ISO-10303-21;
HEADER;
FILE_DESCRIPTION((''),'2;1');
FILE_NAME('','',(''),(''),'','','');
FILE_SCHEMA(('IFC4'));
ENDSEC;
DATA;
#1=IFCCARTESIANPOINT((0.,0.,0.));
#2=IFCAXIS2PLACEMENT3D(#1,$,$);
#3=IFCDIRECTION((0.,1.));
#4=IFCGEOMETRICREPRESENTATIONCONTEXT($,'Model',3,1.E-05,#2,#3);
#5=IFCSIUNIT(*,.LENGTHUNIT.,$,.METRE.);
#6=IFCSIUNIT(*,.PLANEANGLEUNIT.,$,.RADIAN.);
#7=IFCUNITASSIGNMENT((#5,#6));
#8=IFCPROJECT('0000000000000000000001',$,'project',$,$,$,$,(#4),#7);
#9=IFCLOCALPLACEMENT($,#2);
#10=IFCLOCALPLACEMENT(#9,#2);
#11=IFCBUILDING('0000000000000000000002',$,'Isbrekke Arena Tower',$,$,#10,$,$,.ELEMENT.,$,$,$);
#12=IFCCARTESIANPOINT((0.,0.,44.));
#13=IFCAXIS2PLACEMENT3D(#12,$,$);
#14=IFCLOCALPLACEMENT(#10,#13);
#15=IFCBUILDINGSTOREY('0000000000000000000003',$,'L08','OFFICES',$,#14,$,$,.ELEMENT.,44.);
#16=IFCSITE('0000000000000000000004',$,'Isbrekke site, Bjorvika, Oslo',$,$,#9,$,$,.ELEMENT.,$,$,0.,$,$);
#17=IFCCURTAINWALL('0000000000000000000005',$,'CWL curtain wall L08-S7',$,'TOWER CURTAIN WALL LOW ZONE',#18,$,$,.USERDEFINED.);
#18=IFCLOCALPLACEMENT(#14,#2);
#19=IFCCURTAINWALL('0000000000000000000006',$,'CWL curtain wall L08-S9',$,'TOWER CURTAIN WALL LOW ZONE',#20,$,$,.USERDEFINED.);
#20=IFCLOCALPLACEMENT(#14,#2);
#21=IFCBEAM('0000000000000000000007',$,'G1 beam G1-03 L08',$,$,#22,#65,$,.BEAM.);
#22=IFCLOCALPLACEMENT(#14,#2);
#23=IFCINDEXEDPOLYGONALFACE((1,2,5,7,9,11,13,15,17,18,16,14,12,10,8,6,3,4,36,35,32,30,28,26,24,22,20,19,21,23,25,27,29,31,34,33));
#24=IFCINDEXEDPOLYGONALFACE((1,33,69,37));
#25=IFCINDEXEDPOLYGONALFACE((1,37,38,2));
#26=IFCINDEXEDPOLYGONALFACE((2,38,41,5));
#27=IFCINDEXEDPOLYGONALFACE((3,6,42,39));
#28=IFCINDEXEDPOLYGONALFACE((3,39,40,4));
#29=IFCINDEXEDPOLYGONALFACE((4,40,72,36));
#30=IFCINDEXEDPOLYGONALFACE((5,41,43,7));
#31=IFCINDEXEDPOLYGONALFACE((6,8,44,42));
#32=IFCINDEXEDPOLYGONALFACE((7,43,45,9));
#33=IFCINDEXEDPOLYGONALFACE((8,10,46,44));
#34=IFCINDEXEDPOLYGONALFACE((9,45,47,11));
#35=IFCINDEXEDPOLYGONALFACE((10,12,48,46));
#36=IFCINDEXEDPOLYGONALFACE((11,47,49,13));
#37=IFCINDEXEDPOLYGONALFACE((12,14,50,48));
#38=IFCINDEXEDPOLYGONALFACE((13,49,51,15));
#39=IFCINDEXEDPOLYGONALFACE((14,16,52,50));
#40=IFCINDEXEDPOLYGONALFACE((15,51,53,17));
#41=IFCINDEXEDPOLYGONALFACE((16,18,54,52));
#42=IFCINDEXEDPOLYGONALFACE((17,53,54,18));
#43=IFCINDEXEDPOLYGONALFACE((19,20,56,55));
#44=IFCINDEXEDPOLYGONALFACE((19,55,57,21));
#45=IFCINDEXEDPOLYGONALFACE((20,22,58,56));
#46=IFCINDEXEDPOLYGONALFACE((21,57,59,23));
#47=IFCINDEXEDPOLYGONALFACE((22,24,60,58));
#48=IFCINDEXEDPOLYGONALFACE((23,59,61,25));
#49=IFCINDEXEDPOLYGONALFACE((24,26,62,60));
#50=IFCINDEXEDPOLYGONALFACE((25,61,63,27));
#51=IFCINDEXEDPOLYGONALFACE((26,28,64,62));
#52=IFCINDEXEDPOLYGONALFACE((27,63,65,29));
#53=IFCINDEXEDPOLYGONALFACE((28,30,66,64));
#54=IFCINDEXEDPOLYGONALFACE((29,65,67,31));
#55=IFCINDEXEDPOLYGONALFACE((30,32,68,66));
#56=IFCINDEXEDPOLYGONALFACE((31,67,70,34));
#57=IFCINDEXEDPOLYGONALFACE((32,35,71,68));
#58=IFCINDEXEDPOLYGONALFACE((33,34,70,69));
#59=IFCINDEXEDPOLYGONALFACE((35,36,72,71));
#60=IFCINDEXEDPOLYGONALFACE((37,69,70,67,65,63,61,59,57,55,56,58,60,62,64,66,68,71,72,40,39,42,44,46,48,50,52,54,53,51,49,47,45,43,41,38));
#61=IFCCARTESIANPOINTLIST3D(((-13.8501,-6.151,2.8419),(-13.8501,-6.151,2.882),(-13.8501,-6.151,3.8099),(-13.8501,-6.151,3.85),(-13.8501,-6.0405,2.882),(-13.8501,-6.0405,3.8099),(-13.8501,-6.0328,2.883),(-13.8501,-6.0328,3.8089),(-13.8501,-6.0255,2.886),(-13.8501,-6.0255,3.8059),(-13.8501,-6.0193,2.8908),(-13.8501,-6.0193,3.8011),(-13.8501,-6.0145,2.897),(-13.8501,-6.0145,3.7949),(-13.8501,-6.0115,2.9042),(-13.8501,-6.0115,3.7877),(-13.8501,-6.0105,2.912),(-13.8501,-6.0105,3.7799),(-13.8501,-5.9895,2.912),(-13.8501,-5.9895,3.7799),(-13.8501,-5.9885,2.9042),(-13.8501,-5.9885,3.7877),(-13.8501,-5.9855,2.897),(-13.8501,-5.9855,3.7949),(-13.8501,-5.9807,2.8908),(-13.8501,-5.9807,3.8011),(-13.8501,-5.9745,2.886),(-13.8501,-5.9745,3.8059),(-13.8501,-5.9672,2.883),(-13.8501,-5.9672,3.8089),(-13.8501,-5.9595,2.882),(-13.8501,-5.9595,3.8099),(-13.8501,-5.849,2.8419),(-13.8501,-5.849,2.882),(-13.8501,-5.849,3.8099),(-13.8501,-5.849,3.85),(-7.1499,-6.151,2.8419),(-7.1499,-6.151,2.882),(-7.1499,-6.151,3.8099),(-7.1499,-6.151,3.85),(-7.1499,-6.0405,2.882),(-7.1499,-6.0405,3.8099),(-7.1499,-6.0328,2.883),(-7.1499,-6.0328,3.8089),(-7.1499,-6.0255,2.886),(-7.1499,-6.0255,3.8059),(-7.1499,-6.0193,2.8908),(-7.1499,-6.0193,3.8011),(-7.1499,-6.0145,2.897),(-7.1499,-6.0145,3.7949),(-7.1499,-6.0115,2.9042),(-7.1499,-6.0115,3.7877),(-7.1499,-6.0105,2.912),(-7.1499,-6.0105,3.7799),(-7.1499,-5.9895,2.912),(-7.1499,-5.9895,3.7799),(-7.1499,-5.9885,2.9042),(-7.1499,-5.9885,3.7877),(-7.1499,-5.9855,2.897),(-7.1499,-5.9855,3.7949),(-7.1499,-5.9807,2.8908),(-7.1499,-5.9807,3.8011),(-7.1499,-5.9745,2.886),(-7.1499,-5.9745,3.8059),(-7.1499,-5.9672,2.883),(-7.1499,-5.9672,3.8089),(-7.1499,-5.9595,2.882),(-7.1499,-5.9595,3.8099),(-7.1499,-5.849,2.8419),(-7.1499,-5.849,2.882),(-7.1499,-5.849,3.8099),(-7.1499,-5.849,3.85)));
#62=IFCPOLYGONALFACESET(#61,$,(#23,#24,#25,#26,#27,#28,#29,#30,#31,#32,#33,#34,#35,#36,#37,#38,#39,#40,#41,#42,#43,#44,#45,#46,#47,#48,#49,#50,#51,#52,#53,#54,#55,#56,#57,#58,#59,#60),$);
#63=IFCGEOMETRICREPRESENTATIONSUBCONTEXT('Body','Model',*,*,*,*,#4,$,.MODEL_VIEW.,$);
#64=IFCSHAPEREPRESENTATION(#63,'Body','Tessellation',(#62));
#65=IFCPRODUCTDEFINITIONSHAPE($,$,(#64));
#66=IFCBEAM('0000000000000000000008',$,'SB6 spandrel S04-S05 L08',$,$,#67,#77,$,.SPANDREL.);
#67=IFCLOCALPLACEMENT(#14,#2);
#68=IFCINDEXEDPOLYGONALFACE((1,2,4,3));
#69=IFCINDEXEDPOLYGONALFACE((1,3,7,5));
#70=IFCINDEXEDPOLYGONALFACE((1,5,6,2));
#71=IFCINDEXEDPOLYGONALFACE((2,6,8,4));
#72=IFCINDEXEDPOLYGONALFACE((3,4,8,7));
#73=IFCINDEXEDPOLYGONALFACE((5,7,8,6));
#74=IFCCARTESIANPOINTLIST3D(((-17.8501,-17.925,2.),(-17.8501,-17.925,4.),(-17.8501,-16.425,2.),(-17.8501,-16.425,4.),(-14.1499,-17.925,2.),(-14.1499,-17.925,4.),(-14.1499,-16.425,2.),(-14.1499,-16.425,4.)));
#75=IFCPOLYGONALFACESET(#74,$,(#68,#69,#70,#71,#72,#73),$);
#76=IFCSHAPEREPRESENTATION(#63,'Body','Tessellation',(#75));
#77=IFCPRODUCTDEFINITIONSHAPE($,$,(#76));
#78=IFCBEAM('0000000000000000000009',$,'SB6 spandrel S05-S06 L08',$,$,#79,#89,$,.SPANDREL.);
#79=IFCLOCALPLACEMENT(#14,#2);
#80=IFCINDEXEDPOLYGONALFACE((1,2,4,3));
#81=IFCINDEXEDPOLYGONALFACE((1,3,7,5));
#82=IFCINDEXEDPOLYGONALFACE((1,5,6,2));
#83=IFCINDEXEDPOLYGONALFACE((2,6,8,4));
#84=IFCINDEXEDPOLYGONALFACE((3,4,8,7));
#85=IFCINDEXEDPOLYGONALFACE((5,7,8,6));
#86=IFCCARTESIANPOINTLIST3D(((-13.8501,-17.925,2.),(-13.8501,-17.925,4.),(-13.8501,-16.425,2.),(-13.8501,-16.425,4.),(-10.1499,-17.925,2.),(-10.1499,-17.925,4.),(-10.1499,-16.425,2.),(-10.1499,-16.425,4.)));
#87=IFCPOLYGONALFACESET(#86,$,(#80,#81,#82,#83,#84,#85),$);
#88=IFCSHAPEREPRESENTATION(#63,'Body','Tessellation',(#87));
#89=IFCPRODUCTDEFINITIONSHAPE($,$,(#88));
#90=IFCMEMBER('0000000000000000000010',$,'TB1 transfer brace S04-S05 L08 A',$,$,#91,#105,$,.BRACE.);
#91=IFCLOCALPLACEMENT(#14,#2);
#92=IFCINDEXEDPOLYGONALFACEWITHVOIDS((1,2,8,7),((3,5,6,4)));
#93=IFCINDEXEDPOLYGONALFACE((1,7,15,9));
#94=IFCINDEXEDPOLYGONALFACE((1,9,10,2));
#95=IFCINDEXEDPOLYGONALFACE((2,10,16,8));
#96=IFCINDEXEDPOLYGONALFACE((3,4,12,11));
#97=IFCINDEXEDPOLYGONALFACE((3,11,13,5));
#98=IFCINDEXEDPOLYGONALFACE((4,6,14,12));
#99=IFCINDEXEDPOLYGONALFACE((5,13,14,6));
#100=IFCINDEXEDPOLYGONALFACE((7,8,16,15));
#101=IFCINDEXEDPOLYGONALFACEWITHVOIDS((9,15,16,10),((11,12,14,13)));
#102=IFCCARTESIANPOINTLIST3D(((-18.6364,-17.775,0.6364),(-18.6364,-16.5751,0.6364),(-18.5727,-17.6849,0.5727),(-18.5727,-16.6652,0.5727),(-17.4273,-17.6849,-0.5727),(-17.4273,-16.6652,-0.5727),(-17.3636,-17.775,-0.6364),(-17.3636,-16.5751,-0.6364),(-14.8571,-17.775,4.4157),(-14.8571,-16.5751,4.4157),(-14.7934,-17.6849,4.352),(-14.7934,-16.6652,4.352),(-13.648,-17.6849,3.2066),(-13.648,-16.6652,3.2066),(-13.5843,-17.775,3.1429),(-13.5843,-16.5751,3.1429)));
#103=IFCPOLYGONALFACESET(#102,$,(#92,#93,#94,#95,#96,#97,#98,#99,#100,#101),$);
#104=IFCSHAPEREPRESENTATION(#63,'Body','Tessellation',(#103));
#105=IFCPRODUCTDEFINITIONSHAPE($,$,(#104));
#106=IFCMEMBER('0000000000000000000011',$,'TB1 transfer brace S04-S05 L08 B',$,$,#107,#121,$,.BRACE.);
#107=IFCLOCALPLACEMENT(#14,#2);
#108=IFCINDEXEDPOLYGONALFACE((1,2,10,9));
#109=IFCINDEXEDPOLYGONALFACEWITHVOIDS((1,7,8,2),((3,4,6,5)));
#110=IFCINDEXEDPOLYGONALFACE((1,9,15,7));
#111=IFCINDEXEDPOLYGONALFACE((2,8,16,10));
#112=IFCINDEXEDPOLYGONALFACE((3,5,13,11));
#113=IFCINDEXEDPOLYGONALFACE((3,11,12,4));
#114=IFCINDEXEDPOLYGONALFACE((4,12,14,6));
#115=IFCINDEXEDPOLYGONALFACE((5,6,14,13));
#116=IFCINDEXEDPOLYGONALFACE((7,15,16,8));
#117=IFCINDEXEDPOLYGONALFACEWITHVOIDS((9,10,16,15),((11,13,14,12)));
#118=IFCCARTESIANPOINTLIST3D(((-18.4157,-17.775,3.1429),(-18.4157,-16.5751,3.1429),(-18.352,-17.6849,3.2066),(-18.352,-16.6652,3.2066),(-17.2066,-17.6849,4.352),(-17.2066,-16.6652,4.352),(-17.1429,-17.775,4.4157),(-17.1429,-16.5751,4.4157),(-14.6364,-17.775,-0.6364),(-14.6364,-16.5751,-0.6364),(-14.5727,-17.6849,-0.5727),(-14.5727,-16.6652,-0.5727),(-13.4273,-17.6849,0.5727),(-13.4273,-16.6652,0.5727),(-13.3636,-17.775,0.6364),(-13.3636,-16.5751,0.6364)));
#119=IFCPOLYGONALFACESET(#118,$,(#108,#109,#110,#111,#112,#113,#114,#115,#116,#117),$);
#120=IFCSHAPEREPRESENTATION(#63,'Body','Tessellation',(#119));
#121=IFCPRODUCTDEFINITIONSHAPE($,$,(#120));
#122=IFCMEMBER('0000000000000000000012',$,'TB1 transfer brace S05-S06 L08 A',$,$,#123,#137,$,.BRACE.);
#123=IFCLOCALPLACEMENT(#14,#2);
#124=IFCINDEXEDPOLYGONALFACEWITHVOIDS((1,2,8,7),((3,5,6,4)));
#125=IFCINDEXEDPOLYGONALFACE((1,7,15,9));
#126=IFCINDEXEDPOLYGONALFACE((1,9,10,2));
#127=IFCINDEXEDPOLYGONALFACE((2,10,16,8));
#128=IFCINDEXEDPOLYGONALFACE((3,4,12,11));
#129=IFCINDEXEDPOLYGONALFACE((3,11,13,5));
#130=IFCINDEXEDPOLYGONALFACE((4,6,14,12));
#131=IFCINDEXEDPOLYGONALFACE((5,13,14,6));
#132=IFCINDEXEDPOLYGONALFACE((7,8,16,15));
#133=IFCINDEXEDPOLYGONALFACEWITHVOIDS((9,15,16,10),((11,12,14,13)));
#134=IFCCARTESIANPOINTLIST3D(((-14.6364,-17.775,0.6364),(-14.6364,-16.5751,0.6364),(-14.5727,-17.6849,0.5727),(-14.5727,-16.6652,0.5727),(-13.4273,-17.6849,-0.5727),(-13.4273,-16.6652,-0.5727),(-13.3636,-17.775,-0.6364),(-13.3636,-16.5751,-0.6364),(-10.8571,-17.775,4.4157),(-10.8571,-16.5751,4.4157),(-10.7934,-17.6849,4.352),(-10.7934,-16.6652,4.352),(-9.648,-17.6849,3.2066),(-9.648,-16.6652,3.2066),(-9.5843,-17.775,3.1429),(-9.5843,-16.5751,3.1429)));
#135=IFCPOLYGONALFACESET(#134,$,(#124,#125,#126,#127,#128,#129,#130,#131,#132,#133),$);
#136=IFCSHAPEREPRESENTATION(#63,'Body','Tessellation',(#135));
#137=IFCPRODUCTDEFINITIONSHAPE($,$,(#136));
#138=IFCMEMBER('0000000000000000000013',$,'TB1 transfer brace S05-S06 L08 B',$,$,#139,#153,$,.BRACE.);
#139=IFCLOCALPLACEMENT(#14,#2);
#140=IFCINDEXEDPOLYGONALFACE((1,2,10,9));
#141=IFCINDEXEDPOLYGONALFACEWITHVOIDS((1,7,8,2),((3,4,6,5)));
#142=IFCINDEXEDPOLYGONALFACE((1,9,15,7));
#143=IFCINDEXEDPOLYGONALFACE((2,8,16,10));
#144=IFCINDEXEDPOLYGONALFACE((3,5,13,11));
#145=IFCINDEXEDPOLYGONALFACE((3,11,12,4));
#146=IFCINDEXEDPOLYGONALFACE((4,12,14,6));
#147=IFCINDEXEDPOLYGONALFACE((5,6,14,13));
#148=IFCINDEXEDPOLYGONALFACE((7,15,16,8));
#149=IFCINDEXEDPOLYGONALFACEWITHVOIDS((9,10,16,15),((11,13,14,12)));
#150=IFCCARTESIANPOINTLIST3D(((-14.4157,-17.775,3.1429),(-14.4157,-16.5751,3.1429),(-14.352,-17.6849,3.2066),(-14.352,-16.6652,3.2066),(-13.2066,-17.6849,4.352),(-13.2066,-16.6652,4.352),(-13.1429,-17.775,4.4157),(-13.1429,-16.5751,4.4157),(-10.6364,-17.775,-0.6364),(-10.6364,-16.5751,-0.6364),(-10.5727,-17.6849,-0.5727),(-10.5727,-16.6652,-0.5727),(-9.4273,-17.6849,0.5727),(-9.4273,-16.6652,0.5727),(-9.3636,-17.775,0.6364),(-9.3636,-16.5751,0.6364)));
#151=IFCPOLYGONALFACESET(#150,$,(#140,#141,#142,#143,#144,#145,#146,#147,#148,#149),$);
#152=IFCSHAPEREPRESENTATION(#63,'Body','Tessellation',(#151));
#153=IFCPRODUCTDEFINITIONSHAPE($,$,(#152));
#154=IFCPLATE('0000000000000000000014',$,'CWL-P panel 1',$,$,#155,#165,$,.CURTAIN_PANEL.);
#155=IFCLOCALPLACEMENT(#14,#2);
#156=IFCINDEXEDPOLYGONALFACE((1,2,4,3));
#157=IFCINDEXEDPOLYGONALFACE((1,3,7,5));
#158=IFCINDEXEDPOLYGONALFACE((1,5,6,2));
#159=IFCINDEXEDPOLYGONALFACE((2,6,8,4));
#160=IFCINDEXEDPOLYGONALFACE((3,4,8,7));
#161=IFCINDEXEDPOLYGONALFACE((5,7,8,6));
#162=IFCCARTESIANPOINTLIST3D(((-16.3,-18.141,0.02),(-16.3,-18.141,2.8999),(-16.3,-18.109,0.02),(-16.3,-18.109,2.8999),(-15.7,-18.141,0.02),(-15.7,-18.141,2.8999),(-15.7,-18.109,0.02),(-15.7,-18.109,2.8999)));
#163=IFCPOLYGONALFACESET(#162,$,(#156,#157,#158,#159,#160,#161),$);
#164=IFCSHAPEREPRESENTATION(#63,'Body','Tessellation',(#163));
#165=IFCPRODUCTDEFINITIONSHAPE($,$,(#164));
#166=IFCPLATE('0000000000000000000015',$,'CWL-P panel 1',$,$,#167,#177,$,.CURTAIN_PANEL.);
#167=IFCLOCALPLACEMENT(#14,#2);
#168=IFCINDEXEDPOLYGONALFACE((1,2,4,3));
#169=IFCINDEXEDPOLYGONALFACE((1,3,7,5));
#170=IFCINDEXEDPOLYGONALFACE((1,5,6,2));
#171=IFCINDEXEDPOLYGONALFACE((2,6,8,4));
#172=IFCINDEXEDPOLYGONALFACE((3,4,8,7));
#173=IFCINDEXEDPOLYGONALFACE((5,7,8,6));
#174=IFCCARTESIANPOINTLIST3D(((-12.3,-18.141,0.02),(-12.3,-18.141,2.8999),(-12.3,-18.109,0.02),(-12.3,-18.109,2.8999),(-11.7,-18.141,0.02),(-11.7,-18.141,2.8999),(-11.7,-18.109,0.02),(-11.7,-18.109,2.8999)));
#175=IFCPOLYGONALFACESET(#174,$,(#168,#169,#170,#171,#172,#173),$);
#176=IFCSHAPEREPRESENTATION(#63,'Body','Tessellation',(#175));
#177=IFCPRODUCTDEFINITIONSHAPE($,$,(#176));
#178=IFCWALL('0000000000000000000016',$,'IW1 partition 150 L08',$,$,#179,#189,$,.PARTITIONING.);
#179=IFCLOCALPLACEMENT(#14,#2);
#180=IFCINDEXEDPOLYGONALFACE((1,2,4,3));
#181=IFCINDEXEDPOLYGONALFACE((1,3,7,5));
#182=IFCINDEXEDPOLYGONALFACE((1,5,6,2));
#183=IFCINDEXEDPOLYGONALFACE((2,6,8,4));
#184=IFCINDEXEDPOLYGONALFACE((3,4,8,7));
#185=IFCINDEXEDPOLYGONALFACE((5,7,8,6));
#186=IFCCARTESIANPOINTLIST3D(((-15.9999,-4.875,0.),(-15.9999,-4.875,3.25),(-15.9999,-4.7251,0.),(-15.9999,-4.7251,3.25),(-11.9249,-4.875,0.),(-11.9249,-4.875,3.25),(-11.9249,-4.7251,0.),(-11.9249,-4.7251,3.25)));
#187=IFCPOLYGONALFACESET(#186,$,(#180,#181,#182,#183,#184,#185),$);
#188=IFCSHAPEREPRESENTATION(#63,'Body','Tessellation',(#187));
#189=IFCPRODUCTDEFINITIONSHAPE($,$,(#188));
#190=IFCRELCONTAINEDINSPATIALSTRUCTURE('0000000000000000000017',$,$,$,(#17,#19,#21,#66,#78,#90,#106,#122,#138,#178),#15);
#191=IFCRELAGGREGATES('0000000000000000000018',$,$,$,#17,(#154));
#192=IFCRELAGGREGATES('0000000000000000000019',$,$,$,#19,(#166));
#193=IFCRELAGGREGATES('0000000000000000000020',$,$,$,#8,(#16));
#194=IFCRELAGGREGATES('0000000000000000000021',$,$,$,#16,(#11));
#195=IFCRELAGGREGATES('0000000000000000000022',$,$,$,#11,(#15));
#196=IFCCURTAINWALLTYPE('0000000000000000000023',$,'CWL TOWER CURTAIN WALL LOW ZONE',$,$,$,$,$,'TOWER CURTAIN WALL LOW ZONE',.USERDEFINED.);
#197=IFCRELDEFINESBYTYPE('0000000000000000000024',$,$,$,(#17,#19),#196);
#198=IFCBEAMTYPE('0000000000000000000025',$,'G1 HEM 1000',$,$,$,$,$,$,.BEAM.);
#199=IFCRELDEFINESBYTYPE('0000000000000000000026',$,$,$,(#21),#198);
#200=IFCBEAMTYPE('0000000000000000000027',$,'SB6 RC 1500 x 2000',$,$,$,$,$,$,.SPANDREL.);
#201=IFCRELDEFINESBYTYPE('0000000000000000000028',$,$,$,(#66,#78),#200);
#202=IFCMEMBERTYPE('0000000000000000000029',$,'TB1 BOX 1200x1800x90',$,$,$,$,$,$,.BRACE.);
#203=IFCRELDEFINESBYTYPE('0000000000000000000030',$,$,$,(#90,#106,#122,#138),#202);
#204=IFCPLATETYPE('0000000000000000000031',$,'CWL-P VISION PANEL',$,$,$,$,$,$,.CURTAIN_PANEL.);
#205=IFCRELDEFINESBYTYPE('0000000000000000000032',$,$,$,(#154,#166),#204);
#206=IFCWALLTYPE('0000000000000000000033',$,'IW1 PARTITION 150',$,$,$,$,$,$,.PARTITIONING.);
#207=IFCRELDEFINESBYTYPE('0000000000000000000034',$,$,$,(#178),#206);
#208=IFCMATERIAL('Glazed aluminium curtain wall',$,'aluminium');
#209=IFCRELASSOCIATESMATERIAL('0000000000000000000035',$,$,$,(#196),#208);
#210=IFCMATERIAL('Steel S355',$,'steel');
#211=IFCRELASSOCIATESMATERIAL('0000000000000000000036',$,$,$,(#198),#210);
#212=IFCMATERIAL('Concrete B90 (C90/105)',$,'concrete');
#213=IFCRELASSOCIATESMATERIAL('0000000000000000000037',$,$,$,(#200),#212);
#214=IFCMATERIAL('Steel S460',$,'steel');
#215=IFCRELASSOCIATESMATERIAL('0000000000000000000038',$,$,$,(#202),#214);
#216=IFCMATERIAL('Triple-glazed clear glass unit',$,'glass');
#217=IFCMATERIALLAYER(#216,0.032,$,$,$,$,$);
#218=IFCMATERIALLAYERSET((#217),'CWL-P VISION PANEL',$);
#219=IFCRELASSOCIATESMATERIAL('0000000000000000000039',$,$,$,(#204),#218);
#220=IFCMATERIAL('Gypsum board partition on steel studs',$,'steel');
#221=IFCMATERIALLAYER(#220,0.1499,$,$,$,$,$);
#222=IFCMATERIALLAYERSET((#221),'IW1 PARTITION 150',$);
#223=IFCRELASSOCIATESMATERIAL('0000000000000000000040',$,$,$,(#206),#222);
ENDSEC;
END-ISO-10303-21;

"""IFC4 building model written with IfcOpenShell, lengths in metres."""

from ifc_helpers import new_model, si_unit, direction, frame, frame_2d, origin, origin_2d, place, context, subcontext, project, spatial, rectangle, hollow_rectangle, i_section, extrude, material, layer, layer_set, material_profile, profile_set, type_object, element, aggregate, save


model = new_model("IFC4")

# Units and contexts
model_context = context("Model", 3, precision=1e-05, world=origin(), true_north=direction((0.0, 1.0)))
body_context = subcontext(model_context, "Body", "Model", "MODEL_VIEW")
ifc_project = project(units=[si_unit("LENGTHUNIT", "METRE"), si_unit("PLANEANGLEUNIT", "RADIAN")], contexts=[model_context])

# Site, building, storey
site_placement = place(None, origin())
site = spatial("IfcSite", under=ifc_project, at=site_placement, Name="Isbrekke site, Bjorvika, Oslo", CompositionType="ELEMENT", RefElevation=0.0)
building_placement = place(site_placement, origin())
building = spatial("IfcBuilding", under=site, at=building_placement, Name="Isbrekke Arena Tower", CompositionType="ELEMENT")
storey_placement = place(building_placement, frame((0.0, 0.0, 44.0)))
storey = spatial("IfcBuildingStorey", under=building, at=storey_placement, Name="L08", Description="OFFICES", CompositionType="ELEMENT", Elevation=44.0)

# Shared definitions
ifc_material_1 = material(Name="Glazed aluminium curtain wall", Category="aluminium")
curtain_wall_type = type_object("IfcCurtainWallType", Name="CWL TOWER CURTAIN WALL LOW ZONE", ElementType="TOWER CURTAIN WALL LOW ZONE", PredefinedType="USERDEFINED", material=ifc_material_1)

# Curtain walls
curtain_wall_1_placement = place(storey_placement, origin())
curtain_wall_1 = element("IfcCurtainWall", 1, at=curtain_wall_1_placement, inside=storey, type_object=curtain_wall_type, Name="CWL curtain wall L08-S7", ObjectType="TOWER CURTAIN WALL LOW ZONE", PredefinedType="USERDEFINED")
curtain_wall_2_placement = place(storey_placement, origin())
curtain_wall_2 = element("IfcCurtainWall", 2, at=curtain_wall_2_placement, inside=storey, type_object=curtain_wall_type, Name="CWL curtain wall L08-S9", ObjectType="TOWER CURTAIN WALL LOW ZONE", PredefinedType="USERDEFINED")

# Beams
ifc_material_2 = material(Name="Steel S355", Category="steel")
ifc_material_profile_1 = material_profile(ifc_material_2, i_section(OverallWidth=0.302, OverallDepth=1.0081, WebThickness=0.021, FlangeThickness=0.04, FilletRadius=0.03, at=origin_2d()), Name="HEM 1000")
ifc_profile_set_1 = profile_set([ifc_material_profile_1], Name="Steel S355")
beam_type_1 = type_object("IfcBeamType", Name="G1 HEM 1000", PredefinedType="BEAM", material=ifc_profile_set_1)
beam_1_placement = place(storey_placement, frame((-13.8501, -6.0, 3.3459), z_axis=(1.0, 0.0, 0.0), x_axis=(0.0, 1.0, 0.0)))
element("IfcBeam", 3, at=beam_1_placement, inside=storey, type_object=beam_type_1, Name="G1 beam G1-03 L08", PredefinedType="BEAM", context=body_context, shape_type="SweptSolid", body=[
    extrude(i_section(OverallWidth=0.302, OverallDepth=1.0081, WebThickness=0.021, FlangeThickness=0.04, FilletRadius=0.03, at=origin_2d()), origin(), (0.0, 0.0, 1.0), 6.7002),
])
ifc_material_3 = material(Name="Concrete B90 (C90/105)", Category="concrete")
ifc_material_profile_2 = material_profile(ifc_material_3, rectangle(XDim=1.5, YDim=2.0, at=origin_2d()), Name="RC 1500x2000")
ifc_profile_set_2 = profile_set([ifc_material_profile_2], Name="Concrete B90 (C90/105)")
beam_type_2 = type_object("IfcBeamType", Name="SB6 RC 1500 x 2000", PredefinedType="SPANDREL", material=ifc_profile_set_2)
for number, where, z_axis, x_axis, name in (
    (4, (-17.8501, -17.175, 3.0), (1.0, 0.0, 0.0), (0.0, 1.0, 0.0), "SB6 spandrel S04-S05 L08"),
    (5, (-13.8501, -17.175, 3.0), (1.0, 0.0, 0.0), (0.0, 1.0, 0.0), "SB6 spandrel S05-S06 L08"),
):
    element("IfcBeam", number, at=place(storey_placement, frame(where, z_axis=z_axis, x_axis=x_axis)), inside=storey, type_object=beam_type_2, Name=name, PredefinedType="SPANDREL", context=body_context, shape_type="SweptSolid", body=[
        extrude(rectangle(XDim=1.5, YDim=2.0, at=origin_2d()), origin(), (0.0, 0.0, 1.0), 3.7002),
    ])

# Members
ifc_material_4 = material(Name="Steel S460", Category="steel")
ifc_material_profile_3 = material_profile(ifc_material_4, hollow_rectangle(XDim=1.2, YDim=1.8, WallThickness=0.0901, at=origin_2d()), Name="BOX 1200x1800x90")
ifc_profile_set_3 = profile_set([ifc_material_profile_3], Name="Steel S460")
member_type_1 = type_object("IfcMemberType", Name="TB1 BOX 1200x1800x90", PredefinedType="BRACE", material=ifc_profile_set_3)
for number, where, z_axis, x_axis, name in (
    (6, (-18.0, -17.175, 0.0), (0.707107, 0.0, 0.707107), (0.0, 1.0, 0.0), "TB1 transfer brace S04-S05 L08 A"),
    (7, (-17.7793, -17.175, 3.7793), (0.707107, 0.0, -0.707107), (0.0, 1.0, 0.0), "TB1 transfer brace S04-S05 L08 B"),
    (8, (-14.0, -17.175, 0.0), (0.707107, 0.0, 0.707107), (0.0, 1.0, 0.0), "TB1 transfer brace S05-S06 L08 A"),
    (9, (-13.7793, -17.175, 3.7793), (0.707107, 0.0, -0.707107), (0.0, 1.0, 0.0), "TB1 transfer brace S05-S06 L08 B"),
):
    element("IfcMember", number, at=place(storey_placement, frame(where, z_axis=z_axis, x_axis=x_axis)), inside=storey, type_object=member_type_1, Name=name, PredefinedType="BRACE", context=body_context, shape_type="SweptSolid", body=[
        extrude(hollow_rectangle(XDim=1.2, YDim=1.8, WallThickness=0.0901, at=origin_2d()), origin(), (0.0, 0.0, 1.0), 5.3447),
    ])

# Plates
ifc_material_5 = material(Name="Triple-glazed clear glass unit", Category="glass")
ifc_layer_1 = layer(ifc_material_5, 0.032)
ifc_layer_set_1 = layer_set([ifc_layer_1], Name="CWL-P VISION PANEL")
plate_type = type_object("IfcPlateType", Name="CWL-P VISION PANEL", PredefinedType="CURTAIN_PANEL", material=ifc_layer_set_1)
plate_1_placement = place(storey_placement, frame((-16.0, -18.125, 0.02), z_axis=(0.0, 0.0, 1.0), x_axis=(1.0, 0.0, 0.0)))
plate_1 = element("IfcPlate", 10, at=plate_1_placement, type_object=plate_type, Name="CWL-P panel 1", PredefinedType="CURTAIN_PANEL", context=body_context, shape_type="SweptSolid", body=[
    extrude(rectangle(XDim=0.6001, YDim=0.032, at=origin_2d()), origin(), (0.0, 0.0, 1.0), 2.8799),
])
aggregate(curtain_wall_1, [plate_1])
plate_2_placement = place(storey_placement, frame((-12.0, -18.125, 0.02), z_axis=(0.0, 0.0, 1.0), x_axis=(1.0, 0.0, 0.0)))
plate_2 = element("IfcPlate", 11, at=plate_2_placement, type_object=plate_type, Name="CWL-P panel 1", PredefinedType="CURTAIN_PANEL", context=body_context, shape_type="SweptSolid", body=[
    extrude(rectangle(XDim=0.6001, YDim=0.032, at=origin_2d()), origin(), (0.0, 0.0, 1.0), 2.8799),
])
aggregate(curtain_wall_2, [plate_2])

# Wall
ifc_material_6 = material(Name="Gypsum board partition on steel studs", Category="steel")
ifc_layer_2 = layer(ifc_material_6, 0.1499)
ifc_layer_set_2 = layer_set([ifc_layer_2], Name="IW1 PARTITION 150")
wall_type_1 = type_object("IfcWallType", Name="IW1 PARTITION 150", PredefinedType="PARTITIONING", material=ifc_layer_set_2)
wall_1_placement = place(storey_placement, frame((-16.0, -4.8, 0.0), z_axis=(0.0, 0.0, 1.0), x_axis=(1.0, 0.0, 0.0)))
element("IfcWall", 12, at=wall_1_placement, inside=storey, type_object=wall_type_1, Name="IW1 partition 150 L08", PredefinedType="PARTITIONING", context=body_context, shape_type="SweptSolid", body=[
    extrude(rectangle(XDim=4.075, YDim=0.1499, at=frame_2d((2.0376, 0.0))), origin(), (0.0, 0.0, 1.0), 3.25),
])

save(model, "model.ifc")
